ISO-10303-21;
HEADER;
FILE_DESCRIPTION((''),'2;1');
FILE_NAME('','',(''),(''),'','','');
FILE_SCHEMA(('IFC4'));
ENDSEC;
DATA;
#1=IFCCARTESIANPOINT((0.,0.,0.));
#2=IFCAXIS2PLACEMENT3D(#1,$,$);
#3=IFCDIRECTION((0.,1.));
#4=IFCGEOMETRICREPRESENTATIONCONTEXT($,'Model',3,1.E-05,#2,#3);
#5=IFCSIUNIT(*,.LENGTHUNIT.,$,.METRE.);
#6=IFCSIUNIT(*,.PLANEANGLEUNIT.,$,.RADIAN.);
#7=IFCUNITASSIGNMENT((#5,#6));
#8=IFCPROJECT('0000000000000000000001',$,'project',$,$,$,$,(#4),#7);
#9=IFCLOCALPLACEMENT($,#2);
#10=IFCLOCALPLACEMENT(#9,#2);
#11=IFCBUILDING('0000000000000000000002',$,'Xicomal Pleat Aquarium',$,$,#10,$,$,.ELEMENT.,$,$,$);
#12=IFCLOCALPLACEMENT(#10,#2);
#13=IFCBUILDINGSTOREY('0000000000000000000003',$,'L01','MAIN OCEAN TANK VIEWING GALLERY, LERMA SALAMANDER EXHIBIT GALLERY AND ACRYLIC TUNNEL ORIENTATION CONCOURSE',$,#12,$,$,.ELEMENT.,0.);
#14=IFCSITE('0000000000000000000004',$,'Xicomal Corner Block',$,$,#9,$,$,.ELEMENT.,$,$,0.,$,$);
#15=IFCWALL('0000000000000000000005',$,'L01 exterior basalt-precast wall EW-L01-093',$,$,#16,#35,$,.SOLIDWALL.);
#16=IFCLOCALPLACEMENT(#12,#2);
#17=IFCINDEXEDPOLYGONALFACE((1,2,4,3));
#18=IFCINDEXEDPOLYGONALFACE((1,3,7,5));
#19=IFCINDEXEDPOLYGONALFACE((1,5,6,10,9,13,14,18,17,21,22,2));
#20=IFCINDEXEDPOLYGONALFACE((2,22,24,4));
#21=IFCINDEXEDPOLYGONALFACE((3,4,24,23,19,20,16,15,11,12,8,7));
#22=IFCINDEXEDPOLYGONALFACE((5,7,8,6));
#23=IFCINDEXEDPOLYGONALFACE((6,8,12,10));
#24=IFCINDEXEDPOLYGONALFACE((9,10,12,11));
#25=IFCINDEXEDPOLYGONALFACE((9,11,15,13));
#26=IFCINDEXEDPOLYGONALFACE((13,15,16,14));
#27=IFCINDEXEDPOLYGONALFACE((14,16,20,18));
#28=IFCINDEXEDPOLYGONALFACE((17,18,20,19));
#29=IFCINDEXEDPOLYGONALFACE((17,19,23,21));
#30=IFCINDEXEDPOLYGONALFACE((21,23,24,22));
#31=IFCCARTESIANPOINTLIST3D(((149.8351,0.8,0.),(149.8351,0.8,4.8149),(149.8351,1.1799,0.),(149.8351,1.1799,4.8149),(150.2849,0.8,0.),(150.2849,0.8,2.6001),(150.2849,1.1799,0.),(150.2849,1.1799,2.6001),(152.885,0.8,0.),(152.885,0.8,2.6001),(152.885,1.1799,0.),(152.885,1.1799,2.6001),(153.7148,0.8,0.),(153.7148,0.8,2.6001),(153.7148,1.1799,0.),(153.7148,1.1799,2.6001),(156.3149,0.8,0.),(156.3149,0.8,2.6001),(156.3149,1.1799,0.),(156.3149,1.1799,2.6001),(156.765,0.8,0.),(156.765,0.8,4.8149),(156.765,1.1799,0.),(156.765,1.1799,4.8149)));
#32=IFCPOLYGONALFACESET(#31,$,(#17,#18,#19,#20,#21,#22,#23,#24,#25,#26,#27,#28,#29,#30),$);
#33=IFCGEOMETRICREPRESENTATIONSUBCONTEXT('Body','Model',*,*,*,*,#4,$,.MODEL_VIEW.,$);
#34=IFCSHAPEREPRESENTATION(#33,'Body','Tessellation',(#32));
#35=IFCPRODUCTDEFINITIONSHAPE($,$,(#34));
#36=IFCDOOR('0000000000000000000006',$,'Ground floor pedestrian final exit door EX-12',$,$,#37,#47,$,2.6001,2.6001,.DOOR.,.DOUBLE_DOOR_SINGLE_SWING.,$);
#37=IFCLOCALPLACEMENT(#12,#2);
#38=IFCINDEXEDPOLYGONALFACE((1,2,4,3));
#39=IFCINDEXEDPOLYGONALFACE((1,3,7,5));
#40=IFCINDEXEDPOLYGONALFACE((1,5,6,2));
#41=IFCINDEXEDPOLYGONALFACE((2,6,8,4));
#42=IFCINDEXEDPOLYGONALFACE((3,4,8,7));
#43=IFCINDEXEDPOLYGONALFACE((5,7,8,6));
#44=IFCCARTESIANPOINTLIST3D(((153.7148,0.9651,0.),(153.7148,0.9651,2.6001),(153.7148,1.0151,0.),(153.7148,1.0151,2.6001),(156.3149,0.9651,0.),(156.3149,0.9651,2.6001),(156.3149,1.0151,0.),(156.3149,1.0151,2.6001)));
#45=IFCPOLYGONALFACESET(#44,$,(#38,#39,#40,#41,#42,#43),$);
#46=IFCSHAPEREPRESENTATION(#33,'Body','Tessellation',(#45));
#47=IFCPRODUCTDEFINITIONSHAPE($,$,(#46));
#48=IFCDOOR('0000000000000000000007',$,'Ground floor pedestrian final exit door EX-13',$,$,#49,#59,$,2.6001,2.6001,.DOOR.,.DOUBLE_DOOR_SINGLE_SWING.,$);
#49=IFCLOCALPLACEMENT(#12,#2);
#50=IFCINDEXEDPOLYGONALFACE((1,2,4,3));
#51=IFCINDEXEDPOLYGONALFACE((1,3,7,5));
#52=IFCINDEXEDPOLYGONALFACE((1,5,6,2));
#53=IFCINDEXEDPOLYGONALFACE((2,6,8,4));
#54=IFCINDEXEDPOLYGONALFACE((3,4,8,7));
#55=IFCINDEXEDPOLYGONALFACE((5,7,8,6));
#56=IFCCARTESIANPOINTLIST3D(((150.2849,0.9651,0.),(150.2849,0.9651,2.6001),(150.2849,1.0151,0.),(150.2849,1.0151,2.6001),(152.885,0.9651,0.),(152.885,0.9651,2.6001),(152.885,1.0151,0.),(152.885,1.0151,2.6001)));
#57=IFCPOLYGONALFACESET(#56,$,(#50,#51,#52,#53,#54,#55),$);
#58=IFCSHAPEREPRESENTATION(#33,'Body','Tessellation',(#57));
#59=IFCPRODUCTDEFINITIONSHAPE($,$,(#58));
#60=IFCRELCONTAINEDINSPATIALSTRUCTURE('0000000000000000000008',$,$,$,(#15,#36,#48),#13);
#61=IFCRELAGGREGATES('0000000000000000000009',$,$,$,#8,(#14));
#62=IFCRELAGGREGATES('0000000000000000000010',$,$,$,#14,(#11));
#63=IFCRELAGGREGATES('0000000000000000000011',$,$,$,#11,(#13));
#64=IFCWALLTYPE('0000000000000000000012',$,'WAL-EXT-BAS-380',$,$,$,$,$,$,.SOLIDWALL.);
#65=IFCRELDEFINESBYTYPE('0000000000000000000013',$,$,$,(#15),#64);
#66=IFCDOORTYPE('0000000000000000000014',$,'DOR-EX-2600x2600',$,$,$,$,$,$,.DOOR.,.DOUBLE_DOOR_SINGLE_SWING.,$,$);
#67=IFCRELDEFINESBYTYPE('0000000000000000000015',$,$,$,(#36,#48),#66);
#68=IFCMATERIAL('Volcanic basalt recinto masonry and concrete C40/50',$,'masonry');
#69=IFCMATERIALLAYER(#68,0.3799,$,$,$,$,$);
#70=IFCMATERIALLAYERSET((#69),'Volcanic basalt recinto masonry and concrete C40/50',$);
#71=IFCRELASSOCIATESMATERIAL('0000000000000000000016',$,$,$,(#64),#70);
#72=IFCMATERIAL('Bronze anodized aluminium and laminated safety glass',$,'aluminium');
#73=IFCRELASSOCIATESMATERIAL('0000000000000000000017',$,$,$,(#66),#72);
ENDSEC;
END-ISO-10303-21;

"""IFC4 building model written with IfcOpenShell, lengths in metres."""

from ifc_helpers import new_model, si_unit, direction, frame, frame_2d, origin, place, context, subcontext, project, spatial, rectangle, extrude, material, layer, layer_set, type_object, element, fill, save


model = new_model("IFC4")

# Units and contexts
model_context = context("Model", 3, precision=1e-05, world=origin(), true_north=direction((0.0, 1.0)))
body_context = subcontext(model_context, "Body", "Model", "MODEL_VIEW")
ifc_project = project(units=[si_unit("LENGTHUNIT", "METRE"), si_unit("PLANEANGLEUNIT", "RADIAN")], contexts=[model_context])

# Site, building, storey
site_placement = place(None, origin())
site = spatial("IfcSite", under=ifc_project, at=site_placement, Name="Xicomal Corner Block", CompositionType="ELEMENT", RefElevation=0.0)
building_placement = place(site_placement, origin())
building = spatial("IfcBuilding", under=site, at=building_placement, Name="Xicomal Pleat Aquarium", CompositionType="ELEMENT")
storey_placement = place(building_placement, origin())
storey = spatial("IfcBuildingStorey", under=building, at=storey_placement, Name="L01", Description="MAIN OCEAN TANK VIEWING GALLERY, LERMA SALAMANDER EXHIBIT GALLERY AND ACRYLIC TUNNEL ORIENTATION CONCOURSE", CompositionType="ELEMENT", Elevation=0.0)

# Wall, openings, doors
ifc_material_1 = material(Name="Volcanic basalt recinto masonry and concrete C40/50", Category="masonry")
ifc_layer_1 = layer(ifc_material_1, 0.3799)
ifc_layer_set_1 = layer_set([ifc_layer_1], Name="Volcanic basalt recinto masonry and concrete C40/50")
wall_type = type_object("IfcWallType", Name="WAL-EXT-BAS-380", PredefinedType="SOLIDWALL", material=ifc_layer_set_1)
wall_placement = place(storey_placement, frame((156.7649, 0.99, 0.0), z_axis=(0.0, 0.0, 1.0), x_axis=(-1.0, 0.0, 0.0)))
wall = element("IfcWall", 1, at=wall_placement, inside=storey, type_object=wall_type, Name="L01 exterior basalt-precast wall EW-L01-093", PredefinedType="SOLIDWALL", context=body_context, shape_type="SweptSolid", body=[
    extrude(rectangle(XDim=6.9299, YDim=0.3799, at=frame_2d((3.4648, 0.0))), origin(), (0.0, 0.0, 1.0), 4.8149),
])
opening_1_placement = place(wall_placement, frame((0.45, 0.0, 0.0)))
opening_1 = element("IfcOpeningElement", 2, at=opening_1_placement, cuts=wall, PredefinedType="OPENING", context=body_context, shape_type="SweptSolid", body=[
    extrude(rectangle(XDim=2.6001, YDim=2.6001, at=frame_2d((1.3, 1.3))), frame((0.0, 0.2, 0.0), z_axis=(0.0, -1.0, 0.0), x_axis=(1.0, 0.0, 0.0)), (0.0, 0.0, 1.0), 0.3999),
])
opening_2_placement = place(wall_placement, frame((3.8799, 0.0, 0.0)))
opening_2 = element("IfcOpeningElement", 3, at=opening_2_placement, cuts=wall, PredefinedType="OPENING", context=body_context, shape_type="SweptSolid", body=[
    extrude(rectangle(XDim=2.6001, YDim=2.6001, at=frame_2d((1.3, 1.3))), frame((0.0, 0.2, 0.0), z_axis=(0.0, -1.0, 0.0), x_axis=(1.0, 0.0, 0.0)), (0.0, 0.0, 1.0), 0.3999),
])
ifc_material_2 = material(Name="Bronze anodized aluminium and laminated safety glass", Category="aluminium")
door_type = type_object("IfcDoorType", Name="DOR-EX-2600x2600", OperationType="DOUBLE_DOOR_SINGLE_SWING", PredefinedType="DOOR", material=ifc_material_2)
door_1_placement = place(opening_1_placement, origin())
door_1 = element("IfcDoor", 4, at=door_1_placement, inside=storey, type_object=door_type, Name="Ground floor pedestrian final exit door EX-12", OperationType="DOUBLE_DOOR_SINGLE_SWING", OverallHeight=2.6001, OverallWidth=2.6001, PredefinedType="DOOR", context=body_context, shape_type="SweptSolid", body=[
    extrude(rectangle(XDim=2.6001, YDim=2.6001, at=frame_2d((1.3, 1.3))), frame((0.0, 0.0249, 0.0), z_axis=(0.0, -1.0, 0.0), x_axis=(1.0, 0.0, 0.0)), (0.0, 0.0, 1.0), 0.05),
])
fill(opening_1, door_1)
door_2_placement = place(opening_2_placement, origin())
door_2 = element("IfcDoor", 5, at=door_2_placement, inside=storey, type_object=door_type, Name="Ground floor pedestrian final exit door EX-13", OperationType="DOUBLE_DOOR_SINGLE_SWING", OverallHeight=2.6001, OverallWidth=2.6001, PredefinedType="DOOR", context=body_context, shape_type="SweptSolid", body=[
    extrude(rectangle(XDim=2.6001, YDim=2.6001, at=frame_2d((1.3, 1.3))), frame((0.0, 0.0249, 0.0), z_axis=(0.0, -1.0, 0.0), x_axis=(1.0, 0.0, 0.0)), (0.0, 0.0, 1.0), 0.05),
])
fill(opening_2, door_2)

save(model, "model.ifc")
